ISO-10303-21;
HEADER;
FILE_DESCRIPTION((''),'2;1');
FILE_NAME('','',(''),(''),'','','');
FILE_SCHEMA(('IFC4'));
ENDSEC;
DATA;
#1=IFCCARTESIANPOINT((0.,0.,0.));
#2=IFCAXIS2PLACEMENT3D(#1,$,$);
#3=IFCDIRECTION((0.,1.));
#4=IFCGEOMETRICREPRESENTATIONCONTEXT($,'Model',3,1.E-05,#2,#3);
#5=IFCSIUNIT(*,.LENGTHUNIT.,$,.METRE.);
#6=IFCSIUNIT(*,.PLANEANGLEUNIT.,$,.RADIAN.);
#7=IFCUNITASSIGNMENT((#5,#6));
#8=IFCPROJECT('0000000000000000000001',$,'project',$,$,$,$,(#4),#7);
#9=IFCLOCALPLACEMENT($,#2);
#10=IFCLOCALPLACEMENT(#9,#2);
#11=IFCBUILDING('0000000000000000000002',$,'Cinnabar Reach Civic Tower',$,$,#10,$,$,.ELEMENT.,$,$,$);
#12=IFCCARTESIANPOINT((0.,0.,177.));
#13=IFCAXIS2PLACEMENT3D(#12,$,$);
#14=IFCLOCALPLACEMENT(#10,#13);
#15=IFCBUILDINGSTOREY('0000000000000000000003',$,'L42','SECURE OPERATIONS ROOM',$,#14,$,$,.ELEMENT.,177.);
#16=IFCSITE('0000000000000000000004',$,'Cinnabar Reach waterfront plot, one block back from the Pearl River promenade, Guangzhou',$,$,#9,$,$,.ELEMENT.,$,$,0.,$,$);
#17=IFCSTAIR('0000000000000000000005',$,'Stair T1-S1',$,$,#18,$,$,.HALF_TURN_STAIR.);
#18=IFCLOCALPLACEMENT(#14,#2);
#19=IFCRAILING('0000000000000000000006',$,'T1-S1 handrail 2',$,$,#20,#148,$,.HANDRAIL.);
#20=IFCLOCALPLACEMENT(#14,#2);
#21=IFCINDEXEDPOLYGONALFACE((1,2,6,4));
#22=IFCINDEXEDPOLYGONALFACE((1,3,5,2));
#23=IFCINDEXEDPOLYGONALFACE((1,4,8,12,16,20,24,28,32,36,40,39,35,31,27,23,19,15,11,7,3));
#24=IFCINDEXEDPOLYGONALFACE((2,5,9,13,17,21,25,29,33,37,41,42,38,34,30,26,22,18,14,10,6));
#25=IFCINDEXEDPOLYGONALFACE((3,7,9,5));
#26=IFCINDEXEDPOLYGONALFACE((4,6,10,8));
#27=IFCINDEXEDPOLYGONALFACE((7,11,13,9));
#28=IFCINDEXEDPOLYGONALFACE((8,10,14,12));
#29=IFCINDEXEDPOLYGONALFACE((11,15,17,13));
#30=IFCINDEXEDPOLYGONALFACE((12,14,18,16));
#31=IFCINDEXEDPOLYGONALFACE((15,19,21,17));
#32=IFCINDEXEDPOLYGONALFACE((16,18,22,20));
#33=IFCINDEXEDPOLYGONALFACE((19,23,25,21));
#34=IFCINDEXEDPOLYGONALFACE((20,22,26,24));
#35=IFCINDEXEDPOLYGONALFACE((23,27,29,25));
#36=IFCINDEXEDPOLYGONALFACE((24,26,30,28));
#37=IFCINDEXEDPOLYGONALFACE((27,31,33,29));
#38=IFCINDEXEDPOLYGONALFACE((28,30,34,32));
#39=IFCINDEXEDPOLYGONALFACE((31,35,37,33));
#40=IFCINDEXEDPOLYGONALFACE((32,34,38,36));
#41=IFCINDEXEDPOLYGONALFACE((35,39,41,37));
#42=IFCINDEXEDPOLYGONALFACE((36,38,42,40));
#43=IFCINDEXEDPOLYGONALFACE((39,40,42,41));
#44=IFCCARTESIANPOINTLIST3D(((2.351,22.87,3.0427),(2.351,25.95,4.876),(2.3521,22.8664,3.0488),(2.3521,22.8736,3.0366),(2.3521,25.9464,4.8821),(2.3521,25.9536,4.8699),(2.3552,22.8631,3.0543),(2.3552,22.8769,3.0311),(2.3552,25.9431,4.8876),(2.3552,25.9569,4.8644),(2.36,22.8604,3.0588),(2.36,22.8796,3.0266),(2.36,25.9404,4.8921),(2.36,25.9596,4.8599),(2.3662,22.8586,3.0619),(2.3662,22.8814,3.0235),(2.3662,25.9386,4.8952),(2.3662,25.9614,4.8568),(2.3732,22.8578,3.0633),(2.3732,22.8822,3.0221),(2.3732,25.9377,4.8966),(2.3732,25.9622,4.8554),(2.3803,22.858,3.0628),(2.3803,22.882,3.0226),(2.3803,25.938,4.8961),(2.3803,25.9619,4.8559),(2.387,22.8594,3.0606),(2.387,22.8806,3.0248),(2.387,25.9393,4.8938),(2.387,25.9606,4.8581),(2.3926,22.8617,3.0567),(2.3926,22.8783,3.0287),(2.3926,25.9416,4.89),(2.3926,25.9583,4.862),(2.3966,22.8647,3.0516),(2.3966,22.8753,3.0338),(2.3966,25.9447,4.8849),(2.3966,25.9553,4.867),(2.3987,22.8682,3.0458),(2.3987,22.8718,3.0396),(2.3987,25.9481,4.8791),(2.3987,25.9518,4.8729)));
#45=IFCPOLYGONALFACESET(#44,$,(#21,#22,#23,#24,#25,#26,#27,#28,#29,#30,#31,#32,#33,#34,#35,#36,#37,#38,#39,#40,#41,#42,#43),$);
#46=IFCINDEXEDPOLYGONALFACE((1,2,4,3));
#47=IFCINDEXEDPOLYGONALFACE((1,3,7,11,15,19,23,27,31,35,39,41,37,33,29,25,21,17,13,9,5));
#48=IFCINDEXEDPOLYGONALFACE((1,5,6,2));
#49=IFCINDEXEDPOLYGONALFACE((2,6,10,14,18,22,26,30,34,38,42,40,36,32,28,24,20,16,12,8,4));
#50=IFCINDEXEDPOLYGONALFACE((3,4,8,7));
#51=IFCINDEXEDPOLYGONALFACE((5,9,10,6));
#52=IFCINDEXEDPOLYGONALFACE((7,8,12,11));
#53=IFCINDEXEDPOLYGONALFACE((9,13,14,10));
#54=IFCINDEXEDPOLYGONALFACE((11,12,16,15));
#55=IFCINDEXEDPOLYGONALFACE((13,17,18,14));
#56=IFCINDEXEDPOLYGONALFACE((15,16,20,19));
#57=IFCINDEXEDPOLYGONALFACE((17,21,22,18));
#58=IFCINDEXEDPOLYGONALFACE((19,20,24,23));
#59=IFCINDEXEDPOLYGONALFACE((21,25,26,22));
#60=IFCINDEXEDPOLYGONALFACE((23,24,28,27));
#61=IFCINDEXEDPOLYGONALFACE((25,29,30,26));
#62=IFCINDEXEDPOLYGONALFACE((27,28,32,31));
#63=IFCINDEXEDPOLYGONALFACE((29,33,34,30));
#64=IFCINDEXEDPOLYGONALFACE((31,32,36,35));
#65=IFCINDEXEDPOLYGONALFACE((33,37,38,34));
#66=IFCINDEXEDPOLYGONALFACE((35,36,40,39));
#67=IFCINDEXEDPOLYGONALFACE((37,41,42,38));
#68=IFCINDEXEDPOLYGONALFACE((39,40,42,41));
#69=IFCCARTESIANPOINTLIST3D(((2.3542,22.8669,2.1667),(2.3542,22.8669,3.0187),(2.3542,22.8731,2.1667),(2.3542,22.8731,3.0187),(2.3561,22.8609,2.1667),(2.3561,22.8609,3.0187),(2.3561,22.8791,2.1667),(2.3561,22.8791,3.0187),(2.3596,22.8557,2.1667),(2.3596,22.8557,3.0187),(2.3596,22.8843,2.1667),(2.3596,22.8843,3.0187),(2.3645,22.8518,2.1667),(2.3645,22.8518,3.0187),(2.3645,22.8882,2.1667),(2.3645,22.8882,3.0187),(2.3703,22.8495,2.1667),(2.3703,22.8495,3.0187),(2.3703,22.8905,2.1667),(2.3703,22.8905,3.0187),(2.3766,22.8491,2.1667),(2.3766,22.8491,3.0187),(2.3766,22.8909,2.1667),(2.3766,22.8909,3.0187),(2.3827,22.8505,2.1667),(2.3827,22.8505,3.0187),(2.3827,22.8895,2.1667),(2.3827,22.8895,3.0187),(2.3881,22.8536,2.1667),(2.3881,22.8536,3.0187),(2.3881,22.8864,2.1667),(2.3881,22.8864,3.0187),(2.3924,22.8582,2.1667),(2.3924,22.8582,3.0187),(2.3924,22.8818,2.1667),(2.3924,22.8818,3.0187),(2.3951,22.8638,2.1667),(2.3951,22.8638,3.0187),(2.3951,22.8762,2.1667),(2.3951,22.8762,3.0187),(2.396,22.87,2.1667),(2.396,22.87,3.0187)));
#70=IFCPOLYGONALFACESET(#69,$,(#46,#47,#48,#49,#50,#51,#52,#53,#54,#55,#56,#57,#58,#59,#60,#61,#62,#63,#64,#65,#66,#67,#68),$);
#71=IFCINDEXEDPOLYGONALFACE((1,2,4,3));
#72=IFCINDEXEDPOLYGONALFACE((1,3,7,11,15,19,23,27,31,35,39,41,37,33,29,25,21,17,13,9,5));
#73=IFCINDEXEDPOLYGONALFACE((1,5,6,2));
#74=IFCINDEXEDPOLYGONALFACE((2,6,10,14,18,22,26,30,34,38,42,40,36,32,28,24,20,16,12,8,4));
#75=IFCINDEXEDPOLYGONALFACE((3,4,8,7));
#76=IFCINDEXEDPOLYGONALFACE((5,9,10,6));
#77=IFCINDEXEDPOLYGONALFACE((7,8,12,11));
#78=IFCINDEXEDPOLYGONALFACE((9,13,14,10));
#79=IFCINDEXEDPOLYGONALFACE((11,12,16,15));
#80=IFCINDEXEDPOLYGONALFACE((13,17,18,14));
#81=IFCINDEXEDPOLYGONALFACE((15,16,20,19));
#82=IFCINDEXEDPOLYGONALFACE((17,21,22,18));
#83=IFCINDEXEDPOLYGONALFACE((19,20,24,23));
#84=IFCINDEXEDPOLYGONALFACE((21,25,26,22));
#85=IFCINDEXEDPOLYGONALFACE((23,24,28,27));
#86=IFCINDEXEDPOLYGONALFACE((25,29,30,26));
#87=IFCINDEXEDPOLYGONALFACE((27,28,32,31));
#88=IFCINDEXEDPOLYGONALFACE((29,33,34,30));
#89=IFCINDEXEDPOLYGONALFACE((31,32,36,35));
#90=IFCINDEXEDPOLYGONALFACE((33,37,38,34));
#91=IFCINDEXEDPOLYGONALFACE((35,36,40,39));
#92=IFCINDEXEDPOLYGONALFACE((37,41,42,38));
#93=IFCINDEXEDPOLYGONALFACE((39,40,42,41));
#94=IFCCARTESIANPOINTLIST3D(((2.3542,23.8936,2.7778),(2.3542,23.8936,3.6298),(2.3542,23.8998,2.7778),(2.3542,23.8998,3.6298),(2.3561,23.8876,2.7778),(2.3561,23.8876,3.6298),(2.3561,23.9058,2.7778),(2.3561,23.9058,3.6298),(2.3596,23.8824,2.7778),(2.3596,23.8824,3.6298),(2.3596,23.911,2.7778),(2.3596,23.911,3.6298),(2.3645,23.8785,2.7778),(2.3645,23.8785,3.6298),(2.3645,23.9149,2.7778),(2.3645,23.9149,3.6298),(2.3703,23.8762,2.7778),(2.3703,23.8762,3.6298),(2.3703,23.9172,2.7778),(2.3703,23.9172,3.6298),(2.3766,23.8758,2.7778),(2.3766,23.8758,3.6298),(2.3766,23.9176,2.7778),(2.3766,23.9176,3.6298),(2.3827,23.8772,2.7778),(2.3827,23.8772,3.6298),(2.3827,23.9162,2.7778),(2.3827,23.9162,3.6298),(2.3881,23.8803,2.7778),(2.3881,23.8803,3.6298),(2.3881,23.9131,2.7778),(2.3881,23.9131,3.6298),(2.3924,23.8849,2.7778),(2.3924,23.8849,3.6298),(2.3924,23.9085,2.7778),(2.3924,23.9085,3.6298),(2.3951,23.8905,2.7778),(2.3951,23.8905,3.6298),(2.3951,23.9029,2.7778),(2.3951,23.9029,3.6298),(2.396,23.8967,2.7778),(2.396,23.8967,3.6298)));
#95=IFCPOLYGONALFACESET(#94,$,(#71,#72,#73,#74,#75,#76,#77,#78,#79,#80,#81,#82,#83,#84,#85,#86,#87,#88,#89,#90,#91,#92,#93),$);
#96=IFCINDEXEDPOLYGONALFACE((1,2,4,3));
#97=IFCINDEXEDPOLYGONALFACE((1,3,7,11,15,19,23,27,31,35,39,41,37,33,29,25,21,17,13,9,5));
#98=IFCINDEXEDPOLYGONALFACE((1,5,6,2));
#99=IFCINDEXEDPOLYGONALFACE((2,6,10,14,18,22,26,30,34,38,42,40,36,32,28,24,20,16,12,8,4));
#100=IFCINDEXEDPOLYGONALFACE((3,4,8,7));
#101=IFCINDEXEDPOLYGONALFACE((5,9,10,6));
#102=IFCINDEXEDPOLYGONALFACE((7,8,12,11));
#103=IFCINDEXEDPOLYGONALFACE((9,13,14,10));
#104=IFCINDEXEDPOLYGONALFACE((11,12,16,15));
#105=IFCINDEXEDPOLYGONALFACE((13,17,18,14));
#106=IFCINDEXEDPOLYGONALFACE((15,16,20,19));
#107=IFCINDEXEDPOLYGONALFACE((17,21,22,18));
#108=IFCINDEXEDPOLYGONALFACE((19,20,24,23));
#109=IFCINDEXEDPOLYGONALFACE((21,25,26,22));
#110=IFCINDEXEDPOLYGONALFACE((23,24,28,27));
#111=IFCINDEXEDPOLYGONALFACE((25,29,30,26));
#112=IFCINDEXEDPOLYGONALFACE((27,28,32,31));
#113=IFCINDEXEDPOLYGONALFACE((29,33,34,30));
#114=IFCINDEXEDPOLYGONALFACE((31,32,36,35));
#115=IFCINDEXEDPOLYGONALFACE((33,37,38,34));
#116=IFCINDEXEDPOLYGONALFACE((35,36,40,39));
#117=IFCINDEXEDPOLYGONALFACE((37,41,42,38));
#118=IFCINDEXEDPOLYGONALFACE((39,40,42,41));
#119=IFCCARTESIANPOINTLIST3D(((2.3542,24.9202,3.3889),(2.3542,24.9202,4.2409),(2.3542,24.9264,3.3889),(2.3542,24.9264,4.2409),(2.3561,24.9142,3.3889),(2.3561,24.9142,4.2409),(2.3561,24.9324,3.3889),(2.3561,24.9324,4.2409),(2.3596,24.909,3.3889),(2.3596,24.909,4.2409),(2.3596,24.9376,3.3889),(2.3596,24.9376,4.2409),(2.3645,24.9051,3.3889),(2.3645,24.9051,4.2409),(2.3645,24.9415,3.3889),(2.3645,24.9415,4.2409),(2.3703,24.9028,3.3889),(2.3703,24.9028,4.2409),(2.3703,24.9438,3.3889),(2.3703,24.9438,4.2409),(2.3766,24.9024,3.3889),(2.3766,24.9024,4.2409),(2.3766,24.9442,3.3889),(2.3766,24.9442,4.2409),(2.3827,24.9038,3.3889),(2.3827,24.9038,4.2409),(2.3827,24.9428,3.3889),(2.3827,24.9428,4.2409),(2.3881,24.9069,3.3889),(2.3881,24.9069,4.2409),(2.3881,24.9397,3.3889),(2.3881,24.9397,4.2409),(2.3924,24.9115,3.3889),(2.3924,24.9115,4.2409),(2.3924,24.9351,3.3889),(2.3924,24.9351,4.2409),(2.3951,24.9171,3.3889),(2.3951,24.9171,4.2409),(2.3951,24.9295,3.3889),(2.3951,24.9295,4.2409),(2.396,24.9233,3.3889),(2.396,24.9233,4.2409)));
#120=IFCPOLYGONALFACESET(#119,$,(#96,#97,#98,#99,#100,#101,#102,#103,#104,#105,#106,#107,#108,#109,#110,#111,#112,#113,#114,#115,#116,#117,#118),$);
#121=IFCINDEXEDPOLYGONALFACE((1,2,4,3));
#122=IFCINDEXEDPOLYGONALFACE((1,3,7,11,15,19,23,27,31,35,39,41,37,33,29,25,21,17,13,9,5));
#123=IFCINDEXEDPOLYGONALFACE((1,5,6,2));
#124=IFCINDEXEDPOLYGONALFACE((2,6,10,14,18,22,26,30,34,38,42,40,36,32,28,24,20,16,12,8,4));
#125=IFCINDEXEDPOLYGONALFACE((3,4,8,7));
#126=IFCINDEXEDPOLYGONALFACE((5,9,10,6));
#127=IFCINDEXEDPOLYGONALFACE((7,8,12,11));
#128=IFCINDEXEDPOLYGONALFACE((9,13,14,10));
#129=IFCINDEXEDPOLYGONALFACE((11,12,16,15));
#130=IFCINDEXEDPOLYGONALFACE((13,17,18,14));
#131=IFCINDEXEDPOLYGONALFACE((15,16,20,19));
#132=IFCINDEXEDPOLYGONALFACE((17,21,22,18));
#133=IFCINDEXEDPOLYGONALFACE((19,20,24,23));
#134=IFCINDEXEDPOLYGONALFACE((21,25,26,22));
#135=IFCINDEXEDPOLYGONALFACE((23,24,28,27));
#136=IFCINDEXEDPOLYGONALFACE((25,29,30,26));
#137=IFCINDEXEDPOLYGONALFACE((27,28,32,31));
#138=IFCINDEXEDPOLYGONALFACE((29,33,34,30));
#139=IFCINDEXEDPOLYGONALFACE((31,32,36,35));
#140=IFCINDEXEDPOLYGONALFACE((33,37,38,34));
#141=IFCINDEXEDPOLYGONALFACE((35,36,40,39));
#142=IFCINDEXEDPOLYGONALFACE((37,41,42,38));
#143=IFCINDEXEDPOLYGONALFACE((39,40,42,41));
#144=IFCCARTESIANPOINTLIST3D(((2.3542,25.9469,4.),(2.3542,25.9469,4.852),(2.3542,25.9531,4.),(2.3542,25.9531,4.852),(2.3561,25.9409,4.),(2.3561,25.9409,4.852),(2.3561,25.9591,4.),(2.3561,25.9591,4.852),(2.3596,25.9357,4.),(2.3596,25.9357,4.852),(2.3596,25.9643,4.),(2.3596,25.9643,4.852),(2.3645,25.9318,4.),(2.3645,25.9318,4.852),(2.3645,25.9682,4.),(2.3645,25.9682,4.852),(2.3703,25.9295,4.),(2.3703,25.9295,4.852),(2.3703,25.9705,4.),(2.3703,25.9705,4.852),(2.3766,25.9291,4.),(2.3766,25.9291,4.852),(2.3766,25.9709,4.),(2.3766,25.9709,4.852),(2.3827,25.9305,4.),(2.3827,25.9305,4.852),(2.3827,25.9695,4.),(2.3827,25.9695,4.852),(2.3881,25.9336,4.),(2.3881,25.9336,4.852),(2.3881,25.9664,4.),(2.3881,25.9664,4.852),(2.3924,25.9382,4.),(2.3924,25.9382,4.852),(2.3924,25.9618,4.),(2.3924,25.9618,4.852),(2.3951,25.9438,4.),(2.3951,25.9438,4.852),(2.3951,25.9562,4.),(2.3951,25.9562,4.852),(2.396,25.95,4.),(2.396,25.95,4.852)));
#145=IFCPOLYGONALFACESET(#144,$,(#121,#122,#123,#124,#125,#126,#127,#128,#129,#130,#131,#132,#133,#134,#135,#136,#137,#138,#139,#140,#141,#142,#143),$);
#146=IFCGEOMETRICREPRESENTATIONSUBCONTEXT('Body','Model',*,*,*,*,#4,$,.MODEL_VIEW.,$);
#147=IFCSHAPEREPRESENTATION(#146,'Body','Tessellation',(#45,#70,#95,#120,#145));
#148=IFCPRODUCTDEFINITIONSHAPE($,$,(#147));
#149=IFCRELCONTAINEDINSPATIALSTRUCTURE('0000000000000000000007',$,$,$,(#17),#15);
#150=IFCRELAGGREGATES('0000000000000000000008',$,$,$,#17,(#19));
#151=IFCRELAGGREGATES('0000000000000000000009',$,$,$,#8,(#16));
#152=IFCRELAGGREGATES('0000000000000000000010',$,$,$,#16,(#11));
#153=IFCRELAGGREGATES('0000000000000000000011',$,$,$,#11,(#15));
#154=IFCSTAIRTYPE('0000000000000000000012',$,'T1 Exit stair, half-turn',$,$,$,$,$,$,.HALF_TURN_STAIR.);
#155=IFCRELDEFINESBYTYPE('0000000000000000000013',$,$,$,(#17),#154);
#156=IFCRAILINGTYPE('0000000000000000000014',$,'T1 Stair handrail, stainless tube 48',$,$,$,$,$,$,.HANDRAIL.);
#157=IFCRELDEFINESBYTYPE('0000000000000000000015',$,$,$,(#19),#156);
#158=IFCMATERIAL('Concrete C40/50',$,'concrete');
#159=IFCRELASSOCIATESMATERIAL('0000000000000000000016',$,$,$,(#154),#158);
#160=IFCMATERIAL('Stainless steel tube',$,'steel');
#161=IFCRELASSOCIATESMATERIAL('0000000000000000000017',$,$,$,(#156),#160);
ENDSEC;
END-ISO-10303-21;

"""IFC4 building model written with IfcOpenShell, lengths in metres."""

from ifc_helpers import new_model, si_unit, direction, frame, origin, origin_2d, place, context, subcontext, project, spatial, circle, extrude, material, type_object, element, aggregate, save


model = new_model("IFC4")

# Units and contexts
model_context = context("Model", 3, precision=1e-05, world=origin(), true_north=direction((0.0, 1.0)))
body_context = subcontext(model_context, "Body", "Model", "MODEL_VIEW")
ifc_project = project(units=[si_unit("LENGTHUNIT", "METRE"), si_unit("PLANEANGLEUNIT", "RADIAN")], contexts=[model_context])

# Site, building, storey
site_placement = place(None, origin())
site = spatial("IfcSite", under=ifc_project, at=site_placement, Name="Cinnabar Reach waterfront plot, one block back from the Pearl River promenade, Guangzhou", CompositionType="ELEMENT", RefElevation=0.0)
building_placement = place(site_placement, origin())
building = spatial("IfcBuilding", under=site, at=building_placement, Name="Cinnabar Reach Civic Tower", CompositionType="ELEMENT")
storey_placement = place(building_placement, frame((0.0, 0.0, 177.0)))
storey = spatial("IfcBuildingStorey", under=building, at=storey_placement, Name="L42", Description="SECURE OPERATIONS ROOM", CompositionType="ELEMENT", Elevation=177.0)

# Shared definitions
ifc_material_1 = material(Name="Concrete C40/50", Category="concrete")

# Stair, railing
stair_type = type_object("IfcStairType", Name="T1 Exit stair, half-turn", PredefinedType="HALF_TURN_STAIR", material=ifc_material_1)
stair_placement = place(storey_placement, origin())
stair = element("IfcStair", 1, at=stair_placement, inside=storey, type_object=stair_type, Name="Stair T1-S1", PredefinedType="HALF_TURN_STAIR")
ifc_material_2 = material(Name="Stainless steel tube", Category="steel")
railing_type = type_object("IfcRailingType", Name="T1 Stair handrail, stainless tube 48", PredefinedType="HANDRAIL", material=ifc_material_2)
railing_1_placement = place(storey_placement, frame((2.375, 22.87, 2.1667)))
railing_1 = element("IfcRailing", 2, at=railing_1_placement, type_object=railing_type, Name="T1-S1 handrail 2", PredefinedType="HANDRAIL", context=body_context, shape_type="SweptSolid", body=[
    extrude(circle(Radius=0.024, at=origin_2d()), frame((0.0, 0.0, 0.876), z_axis=(0.0, 0.859297, 0.511477), x_axis=(-1.0, 0.0, 0.0)), (0.0, 0.0, 1.0), 3.5843),
    extrude(circle(Radius=0.021, at=origin_2d()), origin(), (0.0, 0.0, 1.0), 0.852),
    extrude(circle(Radius=0.021, at=origin_2d()), frame((0.0, 1.0267, 0.6111)), (0.0, 0.0, 1.0), 0.852),
    extrude(circle(Radius=0.021, at=origin_2d()), frame((0.0, 2.0533, 1.2222)), (0.0, 0.0, 1.0), 0.852),
    extrude(circle(Radius=0.021, at=origin_2d()), frame((0.0, 3.08, 1.8333)), (0.0, 0.0, 1.0), 0.852),
])
aggregate(stair, [railing_1])

save(model, "model.ifc")
